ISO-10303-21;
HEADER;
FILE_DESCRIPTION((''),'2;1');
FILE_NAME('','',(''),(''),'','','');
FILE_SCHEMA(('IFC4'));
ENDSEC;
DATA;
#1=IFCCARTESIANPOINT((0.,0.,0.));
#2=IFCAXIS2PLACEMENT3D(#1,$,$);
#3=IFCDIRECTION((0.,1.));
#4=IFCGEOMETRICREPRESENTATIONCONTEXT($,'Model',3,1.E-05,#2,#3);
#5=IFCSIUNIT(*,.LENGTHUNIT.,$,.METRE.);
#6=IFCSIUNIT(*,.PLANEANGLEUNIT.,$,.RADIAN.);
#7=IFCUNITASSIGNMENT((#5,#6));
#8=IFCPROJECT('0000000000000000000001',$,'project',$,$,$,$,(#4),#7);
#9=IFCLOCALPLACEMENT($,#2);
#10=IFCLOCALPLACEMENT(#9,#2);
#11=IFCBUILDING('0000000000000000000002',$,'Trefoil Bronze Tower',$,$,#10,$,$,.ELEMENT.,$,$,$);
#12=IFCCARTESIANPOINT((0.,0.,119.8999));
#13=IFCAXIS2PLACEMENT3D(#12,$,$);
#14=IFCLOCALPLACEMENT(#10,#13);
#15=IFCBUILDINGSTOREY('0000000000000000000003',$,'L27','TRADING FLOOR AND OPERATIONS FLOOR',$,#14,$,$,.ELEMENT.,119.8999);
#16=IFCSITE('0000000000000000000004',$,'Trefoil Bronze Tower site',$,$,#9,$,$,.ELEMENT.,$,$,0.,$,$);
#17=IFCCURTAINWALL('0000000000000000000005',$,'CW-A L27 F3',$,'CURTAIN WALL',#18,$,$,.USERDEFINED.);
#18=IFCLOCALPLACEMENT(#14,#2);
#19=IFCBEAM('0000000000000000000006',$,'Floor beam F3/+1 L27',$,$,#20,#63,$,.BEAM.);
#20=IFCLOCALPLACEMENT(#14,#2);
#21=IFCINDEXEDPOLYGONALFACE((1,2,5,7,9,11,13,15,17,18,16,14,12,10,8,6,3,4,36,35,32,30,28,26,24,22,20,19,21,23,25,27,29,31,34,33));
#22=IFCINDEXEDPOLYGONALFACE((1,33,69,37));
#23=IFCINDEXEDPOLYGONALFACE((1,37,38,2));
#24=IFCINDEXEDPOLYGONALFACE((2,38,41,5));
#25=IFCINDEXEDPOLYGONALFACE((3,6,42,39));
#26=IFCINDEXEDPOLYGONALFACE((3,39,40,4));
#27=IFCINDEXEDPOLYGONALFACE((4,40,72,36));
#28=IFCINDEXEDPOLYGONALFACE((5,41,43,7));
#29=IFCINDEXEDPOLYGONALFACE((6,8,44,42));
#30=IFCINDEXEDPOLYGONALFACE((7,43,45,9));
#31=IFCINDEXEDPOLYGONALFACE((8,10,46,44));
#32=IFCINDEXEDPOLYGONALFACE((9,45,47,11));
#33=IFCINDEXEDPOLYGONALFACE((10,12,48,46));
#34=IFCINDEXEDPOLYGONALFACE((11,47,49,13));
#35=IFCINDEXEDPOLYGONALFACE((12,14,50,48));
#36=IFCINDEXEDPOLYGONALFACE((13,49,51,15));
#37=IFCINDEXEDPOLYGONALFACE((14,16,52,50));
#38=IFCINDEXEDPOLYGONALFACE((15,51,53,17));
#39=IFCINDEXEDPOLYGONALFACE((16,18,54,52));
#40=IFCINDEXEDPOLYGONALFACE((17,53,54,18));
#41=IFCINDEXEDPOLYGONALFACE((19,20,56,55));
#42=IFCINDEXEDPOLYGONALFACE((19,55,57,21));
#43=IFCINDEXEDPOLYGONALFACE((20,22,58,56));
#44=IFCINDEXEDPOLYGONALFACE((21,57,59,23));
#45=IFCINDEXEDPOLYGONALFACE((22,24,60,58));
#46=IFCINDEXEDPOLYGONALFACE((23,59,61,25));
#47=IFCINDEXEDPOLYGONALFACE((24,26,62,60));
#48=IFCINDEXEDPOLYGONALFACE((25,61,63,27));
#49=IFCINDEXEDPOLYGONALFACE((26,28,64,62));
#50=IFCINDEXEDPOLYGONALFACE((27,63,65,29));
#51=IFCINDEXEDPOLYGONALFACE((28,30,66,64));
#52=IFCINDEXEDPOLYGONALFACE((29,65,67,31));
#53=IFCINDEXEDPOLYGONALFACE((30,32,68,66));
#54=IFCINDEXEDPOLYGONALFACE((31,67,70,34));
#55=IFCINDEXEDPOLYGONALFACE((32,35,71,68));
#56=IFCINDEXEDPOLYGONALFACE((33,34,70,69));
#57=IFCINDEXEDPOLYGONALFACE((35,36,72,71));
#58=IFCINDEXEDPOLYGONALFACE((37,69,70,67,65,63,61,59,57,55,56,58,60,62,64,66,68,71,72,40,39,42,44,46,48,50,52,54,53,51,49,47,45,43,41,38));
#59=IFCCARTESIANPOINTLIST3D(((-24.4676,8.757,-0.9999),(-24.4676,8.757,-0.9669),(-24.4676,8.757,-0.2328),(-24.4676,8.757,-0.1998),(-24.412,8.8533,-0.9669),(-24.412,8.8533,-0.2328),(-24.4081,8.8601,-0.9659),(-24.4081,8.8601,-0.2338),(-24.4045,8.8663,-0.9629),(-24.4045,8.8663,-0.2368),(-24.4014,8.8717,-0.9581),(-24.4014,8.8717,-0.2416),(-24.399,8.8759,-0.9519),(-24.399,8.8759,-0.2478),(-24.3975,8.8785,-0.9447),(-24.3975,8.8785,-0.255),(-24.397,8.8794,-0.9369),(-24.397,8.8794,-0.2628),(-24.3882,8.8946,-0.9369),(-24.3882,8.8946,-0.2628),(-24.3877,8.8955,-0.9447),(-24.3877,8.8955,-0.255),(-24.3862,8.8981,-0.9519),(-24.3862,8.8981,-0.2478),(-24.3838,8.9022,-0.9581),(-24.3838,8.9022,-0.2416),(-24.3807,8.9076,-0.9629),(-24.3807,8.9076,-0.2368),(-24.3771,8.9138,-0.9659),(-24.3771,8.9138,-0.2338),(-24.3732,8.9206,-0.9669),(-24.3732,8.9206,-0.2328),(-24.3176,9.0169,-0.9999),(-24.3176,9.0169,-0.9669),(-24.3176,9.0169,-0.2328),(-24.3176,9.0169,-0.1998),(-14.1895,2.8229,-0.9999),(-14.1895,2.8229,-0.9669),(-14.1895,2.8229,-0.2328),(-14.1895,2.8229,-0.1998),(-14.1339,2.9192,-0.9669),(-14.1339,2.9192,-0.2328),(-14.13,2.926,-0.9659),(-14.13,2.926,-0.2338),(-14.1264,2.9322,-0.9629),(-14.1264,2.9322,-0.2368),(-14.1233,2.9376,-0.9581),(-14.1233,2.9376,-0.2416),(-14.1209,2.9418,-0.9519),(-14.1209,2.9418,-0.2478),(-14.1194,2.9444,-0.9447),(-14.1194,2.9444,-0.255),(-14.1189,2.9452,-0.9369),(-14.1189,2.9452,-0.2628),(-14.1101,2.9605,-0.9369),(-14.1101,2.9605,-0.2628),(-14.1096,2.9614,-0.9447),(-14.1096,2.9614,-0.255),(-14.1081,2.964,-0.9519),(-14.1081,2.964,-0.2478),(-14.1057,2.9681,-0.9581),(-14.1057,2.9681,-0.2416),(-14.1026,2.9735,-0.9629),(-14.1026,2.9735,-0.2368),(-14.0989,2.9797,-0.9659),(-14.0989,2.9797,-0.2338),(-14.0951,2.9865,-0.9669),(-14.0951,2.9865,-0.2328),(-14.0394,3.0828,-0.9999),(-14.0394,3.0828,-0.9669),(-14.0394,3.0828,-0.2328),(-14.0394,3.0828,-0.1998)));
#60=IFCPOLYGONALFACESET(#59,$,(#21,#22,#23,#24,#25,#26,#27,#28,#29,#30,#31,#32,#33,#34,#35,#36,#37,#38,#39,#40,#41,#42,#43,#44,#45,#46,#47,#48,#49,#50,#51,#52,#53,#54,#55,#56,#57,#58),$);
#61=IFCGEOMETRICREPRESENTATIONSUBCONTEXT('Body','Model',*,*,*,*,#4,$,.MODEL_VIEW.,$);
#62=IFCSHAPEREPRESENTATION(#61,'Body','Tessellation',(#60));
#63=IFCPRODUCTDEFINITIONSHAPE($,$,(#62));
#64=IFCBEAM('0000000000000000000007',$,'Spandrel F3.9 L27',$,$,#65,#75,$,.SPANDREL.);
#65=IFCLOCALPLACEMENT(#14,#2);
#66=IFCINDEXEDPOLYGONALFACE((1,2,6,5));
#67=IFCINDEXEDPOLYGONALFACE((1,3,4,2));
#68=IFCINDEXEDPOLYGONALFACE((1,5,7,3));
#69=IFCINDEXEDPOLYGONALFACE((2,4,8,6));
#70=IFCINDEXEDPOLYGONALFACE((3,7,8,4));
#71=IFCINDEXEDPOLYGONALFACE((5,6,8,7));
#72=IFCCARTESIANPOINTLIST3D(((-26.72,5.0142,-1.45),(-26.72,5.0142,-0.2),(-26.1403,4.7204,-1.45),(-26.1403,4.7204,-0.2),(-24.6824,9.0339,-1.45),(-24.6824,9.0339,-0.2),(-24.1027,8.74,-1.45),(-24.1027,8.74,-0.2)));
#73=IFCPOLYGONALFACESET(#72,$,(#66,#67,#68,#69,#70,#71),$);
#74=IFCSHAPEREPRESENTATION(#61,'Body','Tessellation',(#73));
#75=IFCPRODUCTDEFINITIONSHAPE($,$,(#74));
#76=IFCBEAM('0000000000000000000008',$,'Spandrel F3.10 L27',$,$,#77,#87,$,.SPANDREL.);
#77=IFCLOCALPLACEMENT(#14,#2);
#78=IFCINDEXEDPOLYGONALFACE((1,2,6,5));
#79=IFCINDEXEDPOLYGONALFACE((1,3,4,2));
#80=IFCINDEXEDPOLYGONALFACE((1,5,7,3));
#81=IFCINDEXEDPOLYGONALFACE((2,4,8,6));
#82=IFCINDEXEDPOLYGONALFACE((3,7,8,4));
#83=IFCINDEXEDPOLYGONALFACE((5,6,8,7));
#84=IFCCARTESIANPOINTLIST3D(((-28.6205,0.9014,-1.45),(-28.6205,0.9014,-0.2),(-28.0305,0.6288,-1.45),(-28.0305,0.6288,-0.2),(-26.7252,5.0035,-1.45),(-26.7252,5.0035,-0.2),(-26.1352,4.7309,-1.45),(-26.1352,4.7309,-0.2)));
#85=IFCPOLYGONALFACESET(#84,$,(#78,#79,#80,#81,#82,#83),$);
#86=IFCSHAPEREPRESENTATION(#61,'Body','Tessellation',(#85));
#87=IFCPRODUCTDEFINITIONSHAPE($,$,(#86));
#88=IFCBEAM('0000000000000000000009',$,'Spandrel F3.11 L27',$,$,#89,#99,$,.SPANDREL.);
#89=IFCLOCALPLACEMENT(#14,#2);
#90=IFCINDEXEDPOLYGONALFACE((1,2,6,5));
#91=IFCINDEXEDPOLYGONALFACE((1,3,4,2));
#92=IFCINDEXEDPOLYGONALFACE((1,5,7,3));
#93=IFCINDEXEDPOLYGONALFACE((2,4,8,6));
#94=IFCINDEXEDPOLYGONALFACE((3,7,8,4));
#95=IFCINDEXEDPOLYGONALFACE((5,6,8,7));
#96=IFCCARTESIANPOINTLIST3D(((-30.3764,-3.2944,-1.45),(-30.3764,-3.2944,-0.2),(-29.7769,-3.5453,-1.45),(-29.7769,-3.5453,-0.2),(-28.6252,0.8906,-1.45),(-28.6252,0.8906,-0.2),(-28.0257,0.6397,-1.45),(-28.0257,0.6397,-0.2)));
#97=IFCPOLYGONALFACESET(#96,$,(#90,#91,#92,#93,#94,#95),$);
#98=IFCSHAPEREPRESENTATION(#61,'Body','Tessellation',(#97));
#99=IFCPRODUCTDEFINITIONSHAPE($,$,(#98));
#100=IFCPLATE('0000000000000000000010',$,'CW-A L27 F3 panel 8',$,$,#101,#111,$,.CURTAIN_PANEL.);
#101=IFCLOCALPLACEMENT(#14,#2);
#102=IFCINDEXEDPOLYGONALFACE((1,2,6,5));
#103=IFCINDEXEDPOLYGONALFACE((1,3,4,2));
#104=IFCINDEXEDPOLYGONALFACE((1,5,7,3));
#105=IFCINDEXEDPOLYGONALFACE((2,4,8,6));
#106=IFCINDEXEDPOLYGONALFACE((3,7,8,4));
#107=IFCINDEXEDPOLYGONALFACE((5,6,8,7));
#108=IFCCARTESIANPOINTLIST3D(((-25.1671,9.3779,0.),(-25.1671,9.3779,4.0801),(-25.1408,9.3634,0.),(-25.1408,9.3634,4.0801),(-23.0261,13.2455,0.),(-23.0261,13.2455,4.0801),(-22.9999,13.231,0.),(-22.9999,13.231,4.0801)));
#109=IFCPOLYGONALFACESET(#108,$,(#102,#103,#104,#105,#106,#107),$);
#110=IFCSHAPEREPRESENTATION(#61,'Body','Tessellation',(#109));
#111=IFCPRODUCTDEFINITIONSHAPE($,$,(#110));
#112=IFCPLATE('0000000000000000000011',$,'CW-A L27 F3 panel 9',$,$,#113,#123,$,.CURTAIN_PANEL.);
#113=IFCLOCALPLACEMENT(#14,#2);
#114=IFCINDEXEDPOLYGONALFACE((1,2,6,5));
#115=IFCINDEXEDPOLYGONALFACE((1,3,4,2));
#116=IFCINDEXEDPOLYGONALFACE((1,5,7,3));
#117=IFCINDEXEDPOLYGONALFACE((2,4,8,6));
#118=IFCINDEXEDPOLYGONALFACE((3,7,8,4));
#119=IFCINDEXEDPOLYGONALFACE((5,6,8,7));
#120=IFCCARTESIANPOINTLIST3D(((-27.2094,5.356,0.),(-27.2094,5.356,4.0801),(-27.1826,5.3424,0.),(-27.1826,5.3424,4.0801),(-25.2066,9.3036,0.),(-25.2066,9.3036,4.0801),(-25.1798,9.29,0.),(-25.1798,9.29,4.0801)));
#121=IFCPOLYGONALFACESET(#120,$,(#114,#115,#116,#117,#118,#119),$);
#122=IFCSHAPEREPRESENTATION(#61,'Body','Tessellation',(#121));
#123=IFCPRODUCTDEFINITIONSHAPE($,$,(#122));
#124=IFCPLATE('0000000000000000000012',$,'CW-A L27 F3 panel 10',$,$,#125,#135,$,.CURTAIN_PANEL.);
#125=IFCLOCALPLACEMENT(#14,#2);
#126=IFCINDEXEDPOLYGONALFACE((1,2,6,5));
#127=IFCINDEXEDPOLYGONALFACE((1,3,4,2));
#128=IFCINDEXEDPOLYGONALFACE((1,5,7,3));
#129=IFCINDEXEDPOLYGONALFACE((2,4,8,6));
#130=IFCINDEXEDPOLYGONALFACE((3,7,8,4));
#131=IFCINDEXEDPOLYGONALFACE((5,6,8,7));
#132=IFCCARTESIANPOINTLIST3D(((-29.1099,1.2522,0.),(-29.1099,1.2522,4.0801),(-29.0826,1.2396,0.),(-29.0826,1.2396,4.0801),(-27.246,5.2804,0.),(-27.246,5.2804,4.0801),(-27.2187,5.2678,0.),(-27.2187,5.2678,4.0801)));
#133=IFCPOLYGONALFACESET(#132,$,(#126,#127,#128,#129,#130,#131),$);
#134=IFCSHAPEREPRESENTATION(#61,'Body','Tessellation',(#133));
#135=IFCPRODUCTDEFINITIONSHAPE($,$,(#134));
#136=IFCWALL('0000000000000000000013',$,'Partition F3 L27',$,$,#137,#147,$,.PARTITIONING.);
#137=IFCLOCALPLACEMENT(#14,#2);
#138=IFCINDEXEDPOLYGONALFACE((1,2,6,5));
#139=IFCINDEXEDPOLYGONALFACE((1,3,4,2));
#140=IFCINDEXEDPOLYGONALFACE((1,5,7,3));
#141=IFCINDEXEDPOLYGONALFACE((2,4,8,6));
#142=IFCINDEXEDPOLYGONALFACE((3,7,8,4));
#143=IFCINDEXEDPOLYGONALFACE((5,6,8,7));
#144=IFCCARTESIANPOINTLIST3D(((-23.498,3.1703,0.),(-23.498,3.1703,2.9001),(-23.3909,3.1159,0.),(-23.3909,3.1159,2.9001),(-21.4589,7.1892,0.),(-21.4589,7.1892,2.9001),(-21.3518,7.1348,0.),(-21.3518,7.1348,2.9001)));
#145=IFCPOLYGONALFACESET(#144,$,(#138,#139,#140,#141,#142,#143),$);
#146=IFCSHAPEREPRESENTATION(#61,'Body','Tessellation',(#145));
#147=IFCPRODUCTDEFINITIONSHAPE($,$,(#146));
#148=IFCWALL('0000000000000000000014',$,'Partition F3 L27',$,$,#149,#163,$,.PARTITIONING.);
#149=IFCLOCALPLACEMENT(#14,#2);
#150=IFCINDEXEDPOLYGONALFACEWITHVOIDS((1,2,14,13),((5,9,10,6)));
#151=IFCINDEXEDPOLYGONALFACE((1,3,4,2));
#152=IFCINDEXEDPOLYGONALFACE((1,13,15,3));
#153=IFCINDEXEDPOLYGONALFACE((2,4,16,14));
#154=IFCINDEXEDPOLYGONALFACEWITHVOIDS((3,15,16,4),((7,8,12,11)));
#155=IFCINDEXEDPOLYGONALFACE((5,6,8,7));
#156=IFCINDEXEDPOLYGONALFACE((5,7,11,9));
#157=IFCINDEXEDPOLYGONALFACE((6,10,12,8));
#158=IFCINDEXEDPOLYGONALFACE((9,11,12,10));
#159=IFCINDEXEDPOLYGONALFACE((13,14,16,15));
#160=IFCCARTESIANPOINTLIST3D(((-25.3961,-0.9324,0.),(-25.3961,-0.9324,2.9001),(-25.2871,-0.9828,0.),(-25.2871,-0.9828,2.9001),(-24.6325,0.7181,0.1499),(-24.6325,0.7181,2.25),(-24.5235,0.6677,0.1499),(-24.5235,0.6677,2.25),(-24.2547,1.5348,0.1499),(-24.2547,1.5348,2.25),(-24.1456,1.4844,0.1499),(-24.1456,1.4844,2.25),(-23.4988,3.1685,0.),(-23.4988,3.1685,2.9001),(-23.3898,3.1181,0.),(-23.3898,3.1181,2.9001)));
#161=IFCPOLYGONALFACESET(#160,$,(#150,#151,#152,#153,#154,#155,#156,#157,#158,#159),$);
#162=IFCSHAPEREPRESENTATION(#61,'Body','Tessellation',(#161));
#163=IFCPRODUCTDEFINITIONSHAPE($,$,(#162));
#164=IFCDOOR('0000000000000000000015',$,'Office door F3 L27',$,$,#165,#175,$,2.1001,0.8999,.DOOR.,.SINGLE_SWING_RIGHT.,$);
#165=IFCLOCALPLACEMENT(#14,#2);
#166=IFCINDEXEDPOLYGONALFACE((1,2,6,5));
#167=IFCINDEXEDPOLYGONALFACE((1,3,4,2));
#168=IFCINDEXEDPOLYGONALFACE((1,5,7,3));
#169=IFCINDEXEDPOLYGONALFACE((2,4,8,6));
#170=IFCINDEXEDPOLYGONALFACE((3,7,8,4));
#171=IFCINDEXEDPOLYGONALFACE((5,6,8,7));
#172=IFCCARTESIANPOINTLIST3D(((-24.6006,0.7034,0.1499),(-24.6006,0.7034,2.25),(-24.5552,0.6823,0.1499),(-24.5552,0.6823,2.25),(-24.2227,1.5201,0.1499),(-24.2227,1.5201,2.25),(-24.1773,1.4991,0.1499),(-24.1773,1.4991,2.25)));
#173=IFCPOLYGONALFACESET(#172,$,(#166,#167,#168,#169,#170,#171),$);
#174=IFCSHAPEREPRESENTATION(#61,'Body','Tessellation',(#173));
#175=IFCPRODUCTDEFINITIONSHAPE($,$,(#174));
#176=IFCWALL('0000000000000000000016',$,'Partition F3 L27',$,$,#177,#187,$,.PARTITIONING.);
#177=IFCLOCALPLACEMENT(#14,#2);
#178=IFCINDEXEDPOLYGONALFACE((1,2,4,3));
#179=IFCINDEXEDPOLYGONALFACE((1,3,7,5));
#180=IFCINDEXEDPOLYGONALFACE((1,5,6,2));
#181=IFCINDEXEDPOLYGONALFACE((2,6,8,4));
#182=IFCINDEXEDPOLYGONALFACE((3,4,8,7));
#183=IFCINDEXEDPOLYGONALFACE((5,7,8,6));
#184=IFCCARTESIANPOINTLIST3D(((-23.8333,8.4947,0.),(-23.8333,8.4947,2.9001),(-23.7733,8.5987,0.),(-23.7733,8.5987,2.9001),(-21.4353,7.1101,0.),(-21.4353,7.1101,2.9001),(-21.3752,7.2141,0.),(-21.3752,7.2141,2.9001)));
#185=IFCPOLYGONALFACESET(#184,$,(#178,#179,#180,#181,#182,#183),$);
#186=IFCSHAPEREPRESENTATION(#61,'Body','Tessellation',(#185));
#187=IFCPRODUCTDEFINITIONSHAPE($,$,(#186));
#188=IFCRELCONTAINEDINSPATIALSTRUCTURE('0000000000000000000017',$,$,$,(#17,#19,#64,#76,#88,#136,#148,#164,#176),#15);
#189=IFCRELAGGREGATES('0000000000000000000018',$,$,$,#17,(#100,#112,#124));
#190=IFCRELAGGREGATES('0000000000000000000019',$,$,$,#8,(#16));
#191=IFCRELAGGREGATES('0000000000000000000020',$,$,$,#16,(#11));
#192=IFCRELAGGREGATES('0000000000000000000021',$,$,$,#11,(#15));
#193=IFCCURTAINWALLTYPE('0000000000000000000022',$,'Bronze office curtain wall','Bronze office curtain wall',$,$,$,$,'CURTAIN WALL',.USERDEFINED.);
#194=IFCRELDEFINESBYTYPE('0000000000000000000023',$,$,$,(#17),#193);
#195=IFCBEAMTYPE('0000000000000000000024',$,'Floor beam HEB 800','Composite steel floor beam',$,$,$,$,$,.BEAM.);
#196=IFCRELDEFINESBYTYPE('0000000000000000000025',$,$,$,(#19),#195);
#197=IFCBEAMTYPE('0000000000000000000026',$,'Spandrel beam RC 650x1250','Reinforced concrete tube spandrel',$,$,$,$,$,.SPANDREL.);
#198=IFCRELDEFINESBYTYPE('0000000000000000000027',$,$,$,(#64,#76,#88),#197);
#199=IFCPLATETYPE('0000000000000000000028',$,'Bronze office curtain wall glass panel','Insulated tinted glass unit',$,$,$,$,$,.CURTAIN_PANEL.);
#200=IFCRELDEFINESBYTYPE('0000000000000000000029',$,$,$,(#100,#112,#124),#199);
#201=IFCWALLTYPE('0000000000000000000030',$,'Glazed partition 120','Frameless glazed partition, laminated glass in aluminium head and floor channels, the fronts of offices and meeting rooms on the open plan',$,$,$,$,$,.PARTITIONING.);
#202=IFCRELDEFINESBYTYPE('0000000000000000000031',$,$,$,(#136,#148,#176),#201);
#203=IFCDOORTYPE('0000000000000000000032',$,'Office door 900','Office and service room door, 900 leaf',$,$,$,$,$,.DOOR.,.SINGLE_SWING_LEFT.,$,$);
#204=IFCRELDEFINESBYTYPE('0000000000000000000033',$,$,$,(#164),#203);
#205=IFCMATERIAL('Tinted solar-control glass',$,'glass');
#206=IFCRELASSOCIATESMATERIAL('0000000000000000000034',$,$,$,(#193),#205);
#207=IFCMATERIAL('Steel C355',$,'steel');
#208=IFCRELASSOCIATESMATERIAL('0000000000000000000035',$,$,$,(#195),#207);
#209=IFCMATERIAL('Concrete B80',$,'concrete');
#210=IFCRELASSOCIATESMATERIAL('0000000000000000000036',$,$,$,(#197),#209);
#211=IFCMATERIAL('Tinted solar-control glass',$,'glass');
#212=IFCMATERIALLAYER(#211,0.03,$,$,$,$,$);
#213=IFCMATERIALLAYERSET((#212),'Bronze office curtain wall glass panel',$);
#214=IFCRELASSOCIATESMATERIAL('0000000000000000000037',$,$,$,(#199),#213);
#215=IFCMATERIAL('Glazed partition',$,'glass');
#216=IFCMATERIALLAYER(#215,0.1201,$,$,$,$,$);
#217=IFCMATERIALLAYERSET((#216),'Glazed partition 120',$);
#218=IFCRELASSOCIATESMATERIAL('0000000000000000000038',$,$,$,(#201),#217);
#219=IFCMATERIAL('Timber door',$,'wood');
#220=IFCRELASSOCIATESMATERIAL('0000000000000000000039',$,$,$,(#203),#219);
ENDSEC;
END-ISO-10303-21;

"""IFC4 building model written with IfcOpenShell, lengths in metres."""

from ifc_helpers import new_model, si_unit, direction, frame, frame_2d, origin, origin_2d, place, context, subcontext, project, spatial, rectangle, i_section, extrude, material, layer, layer_set, material_profile, profile_set, type_object, element, fill, aggregate, save


model = new_model("IFC4")

# Units and contexts
model_context = context("Model", 3, precision=1e-05, world=origin(), true_north=direction((0.0, 1.0)))
body_context = subcontext(model_context, "Body", "Model", "MODEL_VIEW")
ifc_project = project(units=[si_unit("LENGTHUNIT", "METRE"), si_unit("PLANEANGLEUNIT", "RADIAN")], contexts=[model_context])

# Site, building, storey
site_placement = place(None, origin())
site = spatial("IfcSite", under=ifc_project, at=site_placement, Name="Trefoil Bronze Tower site", CompositionType="ELEMENT", RefElevation=0.0)
building_placement = place(site_placement, origin())
building = spatial("IfcBuilding", under=site, at=building_placement, Name="Trefoil Bronze Tower", CompositionType="ELEMENT")
storey_placement = place(building_placement, frame((0.0, 0.0, 119.8999)))
storey = spatial("IfcBuildingStorey", under=building, at=storey_placement, Name="L27", Description="TRADING FLOOR AND OPERATIONS FLOOR", CompositionType="ELEMENT", Elevation=119.8999)

# Curtain wall
ifc_material_1 = material(Name="Tinted solar-control glass", Category="glass")
curtain_wall_type = type_object("IfcCurtainWallType", Name="Bronze office curtain wall", Description="Bronze office curtain wall", ElementType="CURTAIN WALL", PredefinedType="USERDEFINED", material=ifc_material_1)
curtain_wall_placement = place(storey_placement, origin())
curtain_wall = element("IfcCurtainWall", 1, at=curtain_wall_placement, inside=storey, type_object=curtain_wall_type, Name="CW-A L27 F3", ObjectType="CURTAIN WALL", PredefinedType="USERDEFINED")

# Beams
ifc_material_2 = material(Name="Steel C355", Category="steel")
ifc_material_profile_1 = material_profile(ifc_material_2, i_section(OverallWidth=0.3, OverallDepth=0.8, WebThickness=0.0176, FlangeThickness=0.033, FilletRadius=0.03, at=origin_2d()), Name="HEB 800")
ifc_profile_set_1 = profile_set([ifc_material_profile_1], Name="Steel C355")
beam_type_1 = type_object("IfcBeamType", Name="Floor beam HEB 800", Description="Composite steel floor beam", PredefinedType="BEAM", material=ifc_profile_set_1)
beam_1_placement = place(storey_placement, frame((-24.3926, 8.887, -0.5999), z_axis=(0.866024, -0.500002, 0.0), x_axis=(0.500002, 0.866024, 0.0)))
element("IfcBeam", 2, at=beam_1_placement, inside=storey, type_object=beam_type_1, Name="Floor beam F3/+1 L27", PredefinedType="BEAM", context=body_context, shape_type="SweptSolid", body=[
    extrude(i_section(OverallWidth=0.3, OverallDepth=0.8, WebThickness=0.0176, FlangeThickness=0.033, FilletRadius=0.03, at=origin_2d()), origin(), (0.0, 0.0, 1.0), 11.8682),
])
ifc_material_3 = material(Name="Concrete B80", Category="concrete")
ifc_material_profile_2 = material_profile(ifc_material_3, rectangle(XDim=0.6499, YDim=1.25, at=origin_2d()), Name="RC 650x1250")
ifc_profile_set_2 = profile_set([ifc_material_profile_2], Name="Concrete B80")
beam_type_2 = type_object("IfcBeamType", Name="Spandrel beam RC 650x1250", Description="Reinforced concrete tube spandrel", PredefinedType="SPANDREL", material=ifc_profile_set_2)
beam_2_placement = place(storey_placement, frame((-24.3926, 8.887, -0.825), z_axis=(-0.452126, -0.891954, 0.0), x_axis=(0.891954, -0.452126, 0.0)))
element("IfcBeam", 3, at=beam_2_placement, inside=storey, type_object=beam_type_2, Name="Spandrel F3.9 L27", PredefinedType="SPANDREL", context=body_context, shape_type="SweptSolid", body=[
    extrude(rectangle(XDim=0.6499, YDim=1.25, at=origin_2d()), origin(), (0.0, 0.0, 1.0), 4.5066),
])
beam_3_placement = place(storey_placement, frame((-26.4302, 4.8672, -0.825), z_axis=(-0.419425, -0.90779, 0.0), x_axis=(0.90779, -0.419425, 0.0)))
element("IfcBeam", 4, at=beam_3_placement, inside=storey, type_object=beam_type_2, Name="Spandrel F3.10 L27", PredefinedType="SPANDREL", context=body_context, shape_type="SweptSolid", body=[
    extrude(rectangle(XDim=0.6499, YDim=1.25, at=origin_2d()), origin(), (0.0, 0.0, 1.0), 4.5188),
])
beam_4_placement = place(storey_placement, frame((-28.3254, 0.7651, -0.825), z_axis=(-0.386013, -0.922493, 0.0), x_axis=(0.922493, -0.386013, 0.0)))
element("IfcBeam", 5, at=beam_4_placement, inside=storey, type_object=beam_type_2, Name="Spandrel F3.11 L27", PredefinedType="SPANDREL", context=body_context, shape_type="SweptSolid", body=[
    extrude(rectangle(XDim=0.6499, YDim=1.25, at=origin_2d()), origin(), (0.0, 0.0, 1.0), 4.5366),
])

# Plates
ifc_material_4 = material(Name="Tinted solar-control glass", Category="glass")
ifc_layer_1 = layer(ifc_material_4, 0.03)
ifc_layer_set_1 = layer_set([ifc_layer_1], Name="Bronze office curtain wall glass panel")
plate_type = type_object("IfcPlateType", Name="Bronze office curtain wall glass panel", Description="Insulated tinted glass unit", PredefinedType="CURTAIN_PANEL", material=ifc_layer_set_1)
plate_1_placement = place(storey_placement, frame((-24.0835, 11.3044, 0.0), z_axis=(0.0, 0.0, 1.0), x_axis=(-0.484312, -0.874895, 0.0)))
plate_1 = element("IfcPlate", 6, at=plate_1_placement, type_object=plate_type, Name="CW-A L27 F3 panel 8", PredefinedType="CURTAIN_PANEL", context=body_context, shape_type="SweptSolid", body=[
    extrude(rectangle(XDim=4.4207, YDim=0.03, at=origin_2d()), origin(), (0.0, 0.0, 1.0), 4.0801),
])
plate_2_placement = place(storey_placement, frame((-26.1946, 7.323, 0.0), z_axis=(0.0, 0.0, 1.0), x_axis=(-0.452449, -0.89179, 0.0)))
plate_2 = element("IfcPlate", 7, at=plate_2_placement, type_object=plate_type, Name="CW-A L27 F3 panel 9", PredefinedType="CURTAIN_PANEL", context=body_context, shape_type="SweptSolid", body=[
    extrude(rectangle(XDim=4.4265, YDim=0.03, at=origin_2d()), origin(), (0.0, 0.0, 1.0), 4.0801),
])
plate_3_placement = place(storey_placement, frame((-28.1643, 3.26, 0.0), z_axis=(0.0, 0.0, 1.0), x_axis=(-0.419933, -0.907555, 0.0)))
plate_3 = element("IfcPlate", 8, at=plate_3_placement, type_object=plate_type, Name="CW-A L27 F3 panel 10", PredefinedType="CURTAIN_PANEL", context=body_context, shape_type="SweptSolid", body=[
    extrude(rectangle(XDim=4.4385, YDim=0.03, at=origin_2d()), origin(), (0.0, 0.0, 1.0), 4.0801),
])
aggregate(curtain_wall, [plate_1, plate_2, plate_3])

# Wall
ifc_material_5 = material(Name="Glazed partition", Category="glass")
ifc_layer_2 = layer(ifc_material_5, 0.1201)
ifc_layer_set_2 = layer_set([ifc_layer_2], Name="Glazed partition 120")
wall_type_1 = type_object("IfcWallType", Name="Glazed partition 120", Description="Frameless glazed partition, laminated glass in aluminium head and floor channels, the fronts of offices and meeting rooms on the open plan", PredefinedType="PARTITIONING", material=ifc_layer_set_2)
wall_1_placement = place(storey_placement, frame((-21.4053, 7.1621, 0.0), z_axis=(0.0, 0.0, 1.0), x_axis=(-0.452472, -0.891779, 0.0)))
element("IfcWall", 9, at=wall_1_placement, inside=storey, type_object=wall_type_1, Name="Partition F3 L27", PredefinedType="PARTITIONING", context=body_context, shape_type="SweptSolid", body=[
    extrude(rectangle(XDim=4.5066, YDim=0.1201, at=frame_2d((2.2534, 0.0))), origin(), (0.0, 0.0, 1.0), 2.9001),
])

# Wall, opening, door
wall_2_placement = place(storey_placement, frame((-23.4443, 3.1433, 0.0), z_axis=(0.0, 0.0, 1.0), x_axis=(-0.419884, -0.907578, 0.0)))
wall_2 = element("IfcWall", 10, at=wall_2_placement, inside=storey, type_object=wall_type_1, Name="Partition F3 L27", PredefinedType="PARTITIONING", context=body_context, shape_type="SweptSolid", body=[
    extrude(rectangle(XDim=4.5186, YDim=0.1201, at=frame_2d((2.2593, 0.0))), origin(), (0.0, 0.0, 1.0), 2.9001),
])
opening_placement = place(wall_2_placement, frame((1.8, 0.0, 0.1499)))
opening = element("IfcOpeningElement", 11, at=opening_placement, cuts=wall_2, PredefinedType="OPENING", context=body_context, shape_type="SweptSolid", body=[
    extrude(rectangle(XDim=0.8999, YDim=2.1001, at=frame_2d((0.45, 1.05))), frame((0.0, 0.0701, 0.0), z_axis=(0.0, -1.0, 0.0), x_axis=(1.0, 0.0, 0.0)), (0.0, 0.0, 1.0), 0.1401),
])
ifc_material_6 = material(Name="Timber door", Category="wood")
door_type = type_object("IfcDoorType", Name="Office door 900", Description="Office and service room door, 900 leaf", OperationType="SINGLE_SWING_LEFT", PredefinedType="DOOR", material=ifc_material_6)
door_placement = place(opening_placement, frame((0.8999, 0.0, 0.0), z_axis=(0.0, 0.0, 1.0), x_axis=(-1.0, 0.0, 0.0)))
door = element("IfcDoor", 12, at=door_placement, inside=storey, type_object=door_type, Name="Office door F3 L27", OperationType="SINGLE_SWING_RIGHT", OverallHeight=2.1001, OverallWidth=0.8999, PredefinedType="DOOR", context=body_context, shape_type="SweptSolid", body=[
    extrude(rectangle(XDim=0.8999, YDim=2.1001, at=frame_2d((0.45, 1.05))), frame((0.0, 0.0249, 0.0), z_axis=(0.0, -1.0, 0.0), x_axis=(1.0, 0.0, 0.0)), (0.0, 0.0, 1.0), 0.05),
])
fill(opening, door)

# Wall
wall_3_placement = place(storey_placement, frame((-21.4053, 7.1621, 0.0), z_axis=(0.0, 0.0, 1.0), x_axis=(-0.866015, 0.500018, 0.0)))
element("IfcWall", 13, at=wall_3_placement, inside=storey, type_object=wall_type_1, Name="Partition F3 L27", PredefinedType="PARTITIONING", context=body_context, shape_type="SweptSolid", body=[
    extrude(rectangle(XDim=2.769, YDim=0.1201, at=frame_2d((1.3845, 0.0))), origin(), (0.0, 0.0, 1.0), 2.9001),
])

save(model, "model.ifc")
